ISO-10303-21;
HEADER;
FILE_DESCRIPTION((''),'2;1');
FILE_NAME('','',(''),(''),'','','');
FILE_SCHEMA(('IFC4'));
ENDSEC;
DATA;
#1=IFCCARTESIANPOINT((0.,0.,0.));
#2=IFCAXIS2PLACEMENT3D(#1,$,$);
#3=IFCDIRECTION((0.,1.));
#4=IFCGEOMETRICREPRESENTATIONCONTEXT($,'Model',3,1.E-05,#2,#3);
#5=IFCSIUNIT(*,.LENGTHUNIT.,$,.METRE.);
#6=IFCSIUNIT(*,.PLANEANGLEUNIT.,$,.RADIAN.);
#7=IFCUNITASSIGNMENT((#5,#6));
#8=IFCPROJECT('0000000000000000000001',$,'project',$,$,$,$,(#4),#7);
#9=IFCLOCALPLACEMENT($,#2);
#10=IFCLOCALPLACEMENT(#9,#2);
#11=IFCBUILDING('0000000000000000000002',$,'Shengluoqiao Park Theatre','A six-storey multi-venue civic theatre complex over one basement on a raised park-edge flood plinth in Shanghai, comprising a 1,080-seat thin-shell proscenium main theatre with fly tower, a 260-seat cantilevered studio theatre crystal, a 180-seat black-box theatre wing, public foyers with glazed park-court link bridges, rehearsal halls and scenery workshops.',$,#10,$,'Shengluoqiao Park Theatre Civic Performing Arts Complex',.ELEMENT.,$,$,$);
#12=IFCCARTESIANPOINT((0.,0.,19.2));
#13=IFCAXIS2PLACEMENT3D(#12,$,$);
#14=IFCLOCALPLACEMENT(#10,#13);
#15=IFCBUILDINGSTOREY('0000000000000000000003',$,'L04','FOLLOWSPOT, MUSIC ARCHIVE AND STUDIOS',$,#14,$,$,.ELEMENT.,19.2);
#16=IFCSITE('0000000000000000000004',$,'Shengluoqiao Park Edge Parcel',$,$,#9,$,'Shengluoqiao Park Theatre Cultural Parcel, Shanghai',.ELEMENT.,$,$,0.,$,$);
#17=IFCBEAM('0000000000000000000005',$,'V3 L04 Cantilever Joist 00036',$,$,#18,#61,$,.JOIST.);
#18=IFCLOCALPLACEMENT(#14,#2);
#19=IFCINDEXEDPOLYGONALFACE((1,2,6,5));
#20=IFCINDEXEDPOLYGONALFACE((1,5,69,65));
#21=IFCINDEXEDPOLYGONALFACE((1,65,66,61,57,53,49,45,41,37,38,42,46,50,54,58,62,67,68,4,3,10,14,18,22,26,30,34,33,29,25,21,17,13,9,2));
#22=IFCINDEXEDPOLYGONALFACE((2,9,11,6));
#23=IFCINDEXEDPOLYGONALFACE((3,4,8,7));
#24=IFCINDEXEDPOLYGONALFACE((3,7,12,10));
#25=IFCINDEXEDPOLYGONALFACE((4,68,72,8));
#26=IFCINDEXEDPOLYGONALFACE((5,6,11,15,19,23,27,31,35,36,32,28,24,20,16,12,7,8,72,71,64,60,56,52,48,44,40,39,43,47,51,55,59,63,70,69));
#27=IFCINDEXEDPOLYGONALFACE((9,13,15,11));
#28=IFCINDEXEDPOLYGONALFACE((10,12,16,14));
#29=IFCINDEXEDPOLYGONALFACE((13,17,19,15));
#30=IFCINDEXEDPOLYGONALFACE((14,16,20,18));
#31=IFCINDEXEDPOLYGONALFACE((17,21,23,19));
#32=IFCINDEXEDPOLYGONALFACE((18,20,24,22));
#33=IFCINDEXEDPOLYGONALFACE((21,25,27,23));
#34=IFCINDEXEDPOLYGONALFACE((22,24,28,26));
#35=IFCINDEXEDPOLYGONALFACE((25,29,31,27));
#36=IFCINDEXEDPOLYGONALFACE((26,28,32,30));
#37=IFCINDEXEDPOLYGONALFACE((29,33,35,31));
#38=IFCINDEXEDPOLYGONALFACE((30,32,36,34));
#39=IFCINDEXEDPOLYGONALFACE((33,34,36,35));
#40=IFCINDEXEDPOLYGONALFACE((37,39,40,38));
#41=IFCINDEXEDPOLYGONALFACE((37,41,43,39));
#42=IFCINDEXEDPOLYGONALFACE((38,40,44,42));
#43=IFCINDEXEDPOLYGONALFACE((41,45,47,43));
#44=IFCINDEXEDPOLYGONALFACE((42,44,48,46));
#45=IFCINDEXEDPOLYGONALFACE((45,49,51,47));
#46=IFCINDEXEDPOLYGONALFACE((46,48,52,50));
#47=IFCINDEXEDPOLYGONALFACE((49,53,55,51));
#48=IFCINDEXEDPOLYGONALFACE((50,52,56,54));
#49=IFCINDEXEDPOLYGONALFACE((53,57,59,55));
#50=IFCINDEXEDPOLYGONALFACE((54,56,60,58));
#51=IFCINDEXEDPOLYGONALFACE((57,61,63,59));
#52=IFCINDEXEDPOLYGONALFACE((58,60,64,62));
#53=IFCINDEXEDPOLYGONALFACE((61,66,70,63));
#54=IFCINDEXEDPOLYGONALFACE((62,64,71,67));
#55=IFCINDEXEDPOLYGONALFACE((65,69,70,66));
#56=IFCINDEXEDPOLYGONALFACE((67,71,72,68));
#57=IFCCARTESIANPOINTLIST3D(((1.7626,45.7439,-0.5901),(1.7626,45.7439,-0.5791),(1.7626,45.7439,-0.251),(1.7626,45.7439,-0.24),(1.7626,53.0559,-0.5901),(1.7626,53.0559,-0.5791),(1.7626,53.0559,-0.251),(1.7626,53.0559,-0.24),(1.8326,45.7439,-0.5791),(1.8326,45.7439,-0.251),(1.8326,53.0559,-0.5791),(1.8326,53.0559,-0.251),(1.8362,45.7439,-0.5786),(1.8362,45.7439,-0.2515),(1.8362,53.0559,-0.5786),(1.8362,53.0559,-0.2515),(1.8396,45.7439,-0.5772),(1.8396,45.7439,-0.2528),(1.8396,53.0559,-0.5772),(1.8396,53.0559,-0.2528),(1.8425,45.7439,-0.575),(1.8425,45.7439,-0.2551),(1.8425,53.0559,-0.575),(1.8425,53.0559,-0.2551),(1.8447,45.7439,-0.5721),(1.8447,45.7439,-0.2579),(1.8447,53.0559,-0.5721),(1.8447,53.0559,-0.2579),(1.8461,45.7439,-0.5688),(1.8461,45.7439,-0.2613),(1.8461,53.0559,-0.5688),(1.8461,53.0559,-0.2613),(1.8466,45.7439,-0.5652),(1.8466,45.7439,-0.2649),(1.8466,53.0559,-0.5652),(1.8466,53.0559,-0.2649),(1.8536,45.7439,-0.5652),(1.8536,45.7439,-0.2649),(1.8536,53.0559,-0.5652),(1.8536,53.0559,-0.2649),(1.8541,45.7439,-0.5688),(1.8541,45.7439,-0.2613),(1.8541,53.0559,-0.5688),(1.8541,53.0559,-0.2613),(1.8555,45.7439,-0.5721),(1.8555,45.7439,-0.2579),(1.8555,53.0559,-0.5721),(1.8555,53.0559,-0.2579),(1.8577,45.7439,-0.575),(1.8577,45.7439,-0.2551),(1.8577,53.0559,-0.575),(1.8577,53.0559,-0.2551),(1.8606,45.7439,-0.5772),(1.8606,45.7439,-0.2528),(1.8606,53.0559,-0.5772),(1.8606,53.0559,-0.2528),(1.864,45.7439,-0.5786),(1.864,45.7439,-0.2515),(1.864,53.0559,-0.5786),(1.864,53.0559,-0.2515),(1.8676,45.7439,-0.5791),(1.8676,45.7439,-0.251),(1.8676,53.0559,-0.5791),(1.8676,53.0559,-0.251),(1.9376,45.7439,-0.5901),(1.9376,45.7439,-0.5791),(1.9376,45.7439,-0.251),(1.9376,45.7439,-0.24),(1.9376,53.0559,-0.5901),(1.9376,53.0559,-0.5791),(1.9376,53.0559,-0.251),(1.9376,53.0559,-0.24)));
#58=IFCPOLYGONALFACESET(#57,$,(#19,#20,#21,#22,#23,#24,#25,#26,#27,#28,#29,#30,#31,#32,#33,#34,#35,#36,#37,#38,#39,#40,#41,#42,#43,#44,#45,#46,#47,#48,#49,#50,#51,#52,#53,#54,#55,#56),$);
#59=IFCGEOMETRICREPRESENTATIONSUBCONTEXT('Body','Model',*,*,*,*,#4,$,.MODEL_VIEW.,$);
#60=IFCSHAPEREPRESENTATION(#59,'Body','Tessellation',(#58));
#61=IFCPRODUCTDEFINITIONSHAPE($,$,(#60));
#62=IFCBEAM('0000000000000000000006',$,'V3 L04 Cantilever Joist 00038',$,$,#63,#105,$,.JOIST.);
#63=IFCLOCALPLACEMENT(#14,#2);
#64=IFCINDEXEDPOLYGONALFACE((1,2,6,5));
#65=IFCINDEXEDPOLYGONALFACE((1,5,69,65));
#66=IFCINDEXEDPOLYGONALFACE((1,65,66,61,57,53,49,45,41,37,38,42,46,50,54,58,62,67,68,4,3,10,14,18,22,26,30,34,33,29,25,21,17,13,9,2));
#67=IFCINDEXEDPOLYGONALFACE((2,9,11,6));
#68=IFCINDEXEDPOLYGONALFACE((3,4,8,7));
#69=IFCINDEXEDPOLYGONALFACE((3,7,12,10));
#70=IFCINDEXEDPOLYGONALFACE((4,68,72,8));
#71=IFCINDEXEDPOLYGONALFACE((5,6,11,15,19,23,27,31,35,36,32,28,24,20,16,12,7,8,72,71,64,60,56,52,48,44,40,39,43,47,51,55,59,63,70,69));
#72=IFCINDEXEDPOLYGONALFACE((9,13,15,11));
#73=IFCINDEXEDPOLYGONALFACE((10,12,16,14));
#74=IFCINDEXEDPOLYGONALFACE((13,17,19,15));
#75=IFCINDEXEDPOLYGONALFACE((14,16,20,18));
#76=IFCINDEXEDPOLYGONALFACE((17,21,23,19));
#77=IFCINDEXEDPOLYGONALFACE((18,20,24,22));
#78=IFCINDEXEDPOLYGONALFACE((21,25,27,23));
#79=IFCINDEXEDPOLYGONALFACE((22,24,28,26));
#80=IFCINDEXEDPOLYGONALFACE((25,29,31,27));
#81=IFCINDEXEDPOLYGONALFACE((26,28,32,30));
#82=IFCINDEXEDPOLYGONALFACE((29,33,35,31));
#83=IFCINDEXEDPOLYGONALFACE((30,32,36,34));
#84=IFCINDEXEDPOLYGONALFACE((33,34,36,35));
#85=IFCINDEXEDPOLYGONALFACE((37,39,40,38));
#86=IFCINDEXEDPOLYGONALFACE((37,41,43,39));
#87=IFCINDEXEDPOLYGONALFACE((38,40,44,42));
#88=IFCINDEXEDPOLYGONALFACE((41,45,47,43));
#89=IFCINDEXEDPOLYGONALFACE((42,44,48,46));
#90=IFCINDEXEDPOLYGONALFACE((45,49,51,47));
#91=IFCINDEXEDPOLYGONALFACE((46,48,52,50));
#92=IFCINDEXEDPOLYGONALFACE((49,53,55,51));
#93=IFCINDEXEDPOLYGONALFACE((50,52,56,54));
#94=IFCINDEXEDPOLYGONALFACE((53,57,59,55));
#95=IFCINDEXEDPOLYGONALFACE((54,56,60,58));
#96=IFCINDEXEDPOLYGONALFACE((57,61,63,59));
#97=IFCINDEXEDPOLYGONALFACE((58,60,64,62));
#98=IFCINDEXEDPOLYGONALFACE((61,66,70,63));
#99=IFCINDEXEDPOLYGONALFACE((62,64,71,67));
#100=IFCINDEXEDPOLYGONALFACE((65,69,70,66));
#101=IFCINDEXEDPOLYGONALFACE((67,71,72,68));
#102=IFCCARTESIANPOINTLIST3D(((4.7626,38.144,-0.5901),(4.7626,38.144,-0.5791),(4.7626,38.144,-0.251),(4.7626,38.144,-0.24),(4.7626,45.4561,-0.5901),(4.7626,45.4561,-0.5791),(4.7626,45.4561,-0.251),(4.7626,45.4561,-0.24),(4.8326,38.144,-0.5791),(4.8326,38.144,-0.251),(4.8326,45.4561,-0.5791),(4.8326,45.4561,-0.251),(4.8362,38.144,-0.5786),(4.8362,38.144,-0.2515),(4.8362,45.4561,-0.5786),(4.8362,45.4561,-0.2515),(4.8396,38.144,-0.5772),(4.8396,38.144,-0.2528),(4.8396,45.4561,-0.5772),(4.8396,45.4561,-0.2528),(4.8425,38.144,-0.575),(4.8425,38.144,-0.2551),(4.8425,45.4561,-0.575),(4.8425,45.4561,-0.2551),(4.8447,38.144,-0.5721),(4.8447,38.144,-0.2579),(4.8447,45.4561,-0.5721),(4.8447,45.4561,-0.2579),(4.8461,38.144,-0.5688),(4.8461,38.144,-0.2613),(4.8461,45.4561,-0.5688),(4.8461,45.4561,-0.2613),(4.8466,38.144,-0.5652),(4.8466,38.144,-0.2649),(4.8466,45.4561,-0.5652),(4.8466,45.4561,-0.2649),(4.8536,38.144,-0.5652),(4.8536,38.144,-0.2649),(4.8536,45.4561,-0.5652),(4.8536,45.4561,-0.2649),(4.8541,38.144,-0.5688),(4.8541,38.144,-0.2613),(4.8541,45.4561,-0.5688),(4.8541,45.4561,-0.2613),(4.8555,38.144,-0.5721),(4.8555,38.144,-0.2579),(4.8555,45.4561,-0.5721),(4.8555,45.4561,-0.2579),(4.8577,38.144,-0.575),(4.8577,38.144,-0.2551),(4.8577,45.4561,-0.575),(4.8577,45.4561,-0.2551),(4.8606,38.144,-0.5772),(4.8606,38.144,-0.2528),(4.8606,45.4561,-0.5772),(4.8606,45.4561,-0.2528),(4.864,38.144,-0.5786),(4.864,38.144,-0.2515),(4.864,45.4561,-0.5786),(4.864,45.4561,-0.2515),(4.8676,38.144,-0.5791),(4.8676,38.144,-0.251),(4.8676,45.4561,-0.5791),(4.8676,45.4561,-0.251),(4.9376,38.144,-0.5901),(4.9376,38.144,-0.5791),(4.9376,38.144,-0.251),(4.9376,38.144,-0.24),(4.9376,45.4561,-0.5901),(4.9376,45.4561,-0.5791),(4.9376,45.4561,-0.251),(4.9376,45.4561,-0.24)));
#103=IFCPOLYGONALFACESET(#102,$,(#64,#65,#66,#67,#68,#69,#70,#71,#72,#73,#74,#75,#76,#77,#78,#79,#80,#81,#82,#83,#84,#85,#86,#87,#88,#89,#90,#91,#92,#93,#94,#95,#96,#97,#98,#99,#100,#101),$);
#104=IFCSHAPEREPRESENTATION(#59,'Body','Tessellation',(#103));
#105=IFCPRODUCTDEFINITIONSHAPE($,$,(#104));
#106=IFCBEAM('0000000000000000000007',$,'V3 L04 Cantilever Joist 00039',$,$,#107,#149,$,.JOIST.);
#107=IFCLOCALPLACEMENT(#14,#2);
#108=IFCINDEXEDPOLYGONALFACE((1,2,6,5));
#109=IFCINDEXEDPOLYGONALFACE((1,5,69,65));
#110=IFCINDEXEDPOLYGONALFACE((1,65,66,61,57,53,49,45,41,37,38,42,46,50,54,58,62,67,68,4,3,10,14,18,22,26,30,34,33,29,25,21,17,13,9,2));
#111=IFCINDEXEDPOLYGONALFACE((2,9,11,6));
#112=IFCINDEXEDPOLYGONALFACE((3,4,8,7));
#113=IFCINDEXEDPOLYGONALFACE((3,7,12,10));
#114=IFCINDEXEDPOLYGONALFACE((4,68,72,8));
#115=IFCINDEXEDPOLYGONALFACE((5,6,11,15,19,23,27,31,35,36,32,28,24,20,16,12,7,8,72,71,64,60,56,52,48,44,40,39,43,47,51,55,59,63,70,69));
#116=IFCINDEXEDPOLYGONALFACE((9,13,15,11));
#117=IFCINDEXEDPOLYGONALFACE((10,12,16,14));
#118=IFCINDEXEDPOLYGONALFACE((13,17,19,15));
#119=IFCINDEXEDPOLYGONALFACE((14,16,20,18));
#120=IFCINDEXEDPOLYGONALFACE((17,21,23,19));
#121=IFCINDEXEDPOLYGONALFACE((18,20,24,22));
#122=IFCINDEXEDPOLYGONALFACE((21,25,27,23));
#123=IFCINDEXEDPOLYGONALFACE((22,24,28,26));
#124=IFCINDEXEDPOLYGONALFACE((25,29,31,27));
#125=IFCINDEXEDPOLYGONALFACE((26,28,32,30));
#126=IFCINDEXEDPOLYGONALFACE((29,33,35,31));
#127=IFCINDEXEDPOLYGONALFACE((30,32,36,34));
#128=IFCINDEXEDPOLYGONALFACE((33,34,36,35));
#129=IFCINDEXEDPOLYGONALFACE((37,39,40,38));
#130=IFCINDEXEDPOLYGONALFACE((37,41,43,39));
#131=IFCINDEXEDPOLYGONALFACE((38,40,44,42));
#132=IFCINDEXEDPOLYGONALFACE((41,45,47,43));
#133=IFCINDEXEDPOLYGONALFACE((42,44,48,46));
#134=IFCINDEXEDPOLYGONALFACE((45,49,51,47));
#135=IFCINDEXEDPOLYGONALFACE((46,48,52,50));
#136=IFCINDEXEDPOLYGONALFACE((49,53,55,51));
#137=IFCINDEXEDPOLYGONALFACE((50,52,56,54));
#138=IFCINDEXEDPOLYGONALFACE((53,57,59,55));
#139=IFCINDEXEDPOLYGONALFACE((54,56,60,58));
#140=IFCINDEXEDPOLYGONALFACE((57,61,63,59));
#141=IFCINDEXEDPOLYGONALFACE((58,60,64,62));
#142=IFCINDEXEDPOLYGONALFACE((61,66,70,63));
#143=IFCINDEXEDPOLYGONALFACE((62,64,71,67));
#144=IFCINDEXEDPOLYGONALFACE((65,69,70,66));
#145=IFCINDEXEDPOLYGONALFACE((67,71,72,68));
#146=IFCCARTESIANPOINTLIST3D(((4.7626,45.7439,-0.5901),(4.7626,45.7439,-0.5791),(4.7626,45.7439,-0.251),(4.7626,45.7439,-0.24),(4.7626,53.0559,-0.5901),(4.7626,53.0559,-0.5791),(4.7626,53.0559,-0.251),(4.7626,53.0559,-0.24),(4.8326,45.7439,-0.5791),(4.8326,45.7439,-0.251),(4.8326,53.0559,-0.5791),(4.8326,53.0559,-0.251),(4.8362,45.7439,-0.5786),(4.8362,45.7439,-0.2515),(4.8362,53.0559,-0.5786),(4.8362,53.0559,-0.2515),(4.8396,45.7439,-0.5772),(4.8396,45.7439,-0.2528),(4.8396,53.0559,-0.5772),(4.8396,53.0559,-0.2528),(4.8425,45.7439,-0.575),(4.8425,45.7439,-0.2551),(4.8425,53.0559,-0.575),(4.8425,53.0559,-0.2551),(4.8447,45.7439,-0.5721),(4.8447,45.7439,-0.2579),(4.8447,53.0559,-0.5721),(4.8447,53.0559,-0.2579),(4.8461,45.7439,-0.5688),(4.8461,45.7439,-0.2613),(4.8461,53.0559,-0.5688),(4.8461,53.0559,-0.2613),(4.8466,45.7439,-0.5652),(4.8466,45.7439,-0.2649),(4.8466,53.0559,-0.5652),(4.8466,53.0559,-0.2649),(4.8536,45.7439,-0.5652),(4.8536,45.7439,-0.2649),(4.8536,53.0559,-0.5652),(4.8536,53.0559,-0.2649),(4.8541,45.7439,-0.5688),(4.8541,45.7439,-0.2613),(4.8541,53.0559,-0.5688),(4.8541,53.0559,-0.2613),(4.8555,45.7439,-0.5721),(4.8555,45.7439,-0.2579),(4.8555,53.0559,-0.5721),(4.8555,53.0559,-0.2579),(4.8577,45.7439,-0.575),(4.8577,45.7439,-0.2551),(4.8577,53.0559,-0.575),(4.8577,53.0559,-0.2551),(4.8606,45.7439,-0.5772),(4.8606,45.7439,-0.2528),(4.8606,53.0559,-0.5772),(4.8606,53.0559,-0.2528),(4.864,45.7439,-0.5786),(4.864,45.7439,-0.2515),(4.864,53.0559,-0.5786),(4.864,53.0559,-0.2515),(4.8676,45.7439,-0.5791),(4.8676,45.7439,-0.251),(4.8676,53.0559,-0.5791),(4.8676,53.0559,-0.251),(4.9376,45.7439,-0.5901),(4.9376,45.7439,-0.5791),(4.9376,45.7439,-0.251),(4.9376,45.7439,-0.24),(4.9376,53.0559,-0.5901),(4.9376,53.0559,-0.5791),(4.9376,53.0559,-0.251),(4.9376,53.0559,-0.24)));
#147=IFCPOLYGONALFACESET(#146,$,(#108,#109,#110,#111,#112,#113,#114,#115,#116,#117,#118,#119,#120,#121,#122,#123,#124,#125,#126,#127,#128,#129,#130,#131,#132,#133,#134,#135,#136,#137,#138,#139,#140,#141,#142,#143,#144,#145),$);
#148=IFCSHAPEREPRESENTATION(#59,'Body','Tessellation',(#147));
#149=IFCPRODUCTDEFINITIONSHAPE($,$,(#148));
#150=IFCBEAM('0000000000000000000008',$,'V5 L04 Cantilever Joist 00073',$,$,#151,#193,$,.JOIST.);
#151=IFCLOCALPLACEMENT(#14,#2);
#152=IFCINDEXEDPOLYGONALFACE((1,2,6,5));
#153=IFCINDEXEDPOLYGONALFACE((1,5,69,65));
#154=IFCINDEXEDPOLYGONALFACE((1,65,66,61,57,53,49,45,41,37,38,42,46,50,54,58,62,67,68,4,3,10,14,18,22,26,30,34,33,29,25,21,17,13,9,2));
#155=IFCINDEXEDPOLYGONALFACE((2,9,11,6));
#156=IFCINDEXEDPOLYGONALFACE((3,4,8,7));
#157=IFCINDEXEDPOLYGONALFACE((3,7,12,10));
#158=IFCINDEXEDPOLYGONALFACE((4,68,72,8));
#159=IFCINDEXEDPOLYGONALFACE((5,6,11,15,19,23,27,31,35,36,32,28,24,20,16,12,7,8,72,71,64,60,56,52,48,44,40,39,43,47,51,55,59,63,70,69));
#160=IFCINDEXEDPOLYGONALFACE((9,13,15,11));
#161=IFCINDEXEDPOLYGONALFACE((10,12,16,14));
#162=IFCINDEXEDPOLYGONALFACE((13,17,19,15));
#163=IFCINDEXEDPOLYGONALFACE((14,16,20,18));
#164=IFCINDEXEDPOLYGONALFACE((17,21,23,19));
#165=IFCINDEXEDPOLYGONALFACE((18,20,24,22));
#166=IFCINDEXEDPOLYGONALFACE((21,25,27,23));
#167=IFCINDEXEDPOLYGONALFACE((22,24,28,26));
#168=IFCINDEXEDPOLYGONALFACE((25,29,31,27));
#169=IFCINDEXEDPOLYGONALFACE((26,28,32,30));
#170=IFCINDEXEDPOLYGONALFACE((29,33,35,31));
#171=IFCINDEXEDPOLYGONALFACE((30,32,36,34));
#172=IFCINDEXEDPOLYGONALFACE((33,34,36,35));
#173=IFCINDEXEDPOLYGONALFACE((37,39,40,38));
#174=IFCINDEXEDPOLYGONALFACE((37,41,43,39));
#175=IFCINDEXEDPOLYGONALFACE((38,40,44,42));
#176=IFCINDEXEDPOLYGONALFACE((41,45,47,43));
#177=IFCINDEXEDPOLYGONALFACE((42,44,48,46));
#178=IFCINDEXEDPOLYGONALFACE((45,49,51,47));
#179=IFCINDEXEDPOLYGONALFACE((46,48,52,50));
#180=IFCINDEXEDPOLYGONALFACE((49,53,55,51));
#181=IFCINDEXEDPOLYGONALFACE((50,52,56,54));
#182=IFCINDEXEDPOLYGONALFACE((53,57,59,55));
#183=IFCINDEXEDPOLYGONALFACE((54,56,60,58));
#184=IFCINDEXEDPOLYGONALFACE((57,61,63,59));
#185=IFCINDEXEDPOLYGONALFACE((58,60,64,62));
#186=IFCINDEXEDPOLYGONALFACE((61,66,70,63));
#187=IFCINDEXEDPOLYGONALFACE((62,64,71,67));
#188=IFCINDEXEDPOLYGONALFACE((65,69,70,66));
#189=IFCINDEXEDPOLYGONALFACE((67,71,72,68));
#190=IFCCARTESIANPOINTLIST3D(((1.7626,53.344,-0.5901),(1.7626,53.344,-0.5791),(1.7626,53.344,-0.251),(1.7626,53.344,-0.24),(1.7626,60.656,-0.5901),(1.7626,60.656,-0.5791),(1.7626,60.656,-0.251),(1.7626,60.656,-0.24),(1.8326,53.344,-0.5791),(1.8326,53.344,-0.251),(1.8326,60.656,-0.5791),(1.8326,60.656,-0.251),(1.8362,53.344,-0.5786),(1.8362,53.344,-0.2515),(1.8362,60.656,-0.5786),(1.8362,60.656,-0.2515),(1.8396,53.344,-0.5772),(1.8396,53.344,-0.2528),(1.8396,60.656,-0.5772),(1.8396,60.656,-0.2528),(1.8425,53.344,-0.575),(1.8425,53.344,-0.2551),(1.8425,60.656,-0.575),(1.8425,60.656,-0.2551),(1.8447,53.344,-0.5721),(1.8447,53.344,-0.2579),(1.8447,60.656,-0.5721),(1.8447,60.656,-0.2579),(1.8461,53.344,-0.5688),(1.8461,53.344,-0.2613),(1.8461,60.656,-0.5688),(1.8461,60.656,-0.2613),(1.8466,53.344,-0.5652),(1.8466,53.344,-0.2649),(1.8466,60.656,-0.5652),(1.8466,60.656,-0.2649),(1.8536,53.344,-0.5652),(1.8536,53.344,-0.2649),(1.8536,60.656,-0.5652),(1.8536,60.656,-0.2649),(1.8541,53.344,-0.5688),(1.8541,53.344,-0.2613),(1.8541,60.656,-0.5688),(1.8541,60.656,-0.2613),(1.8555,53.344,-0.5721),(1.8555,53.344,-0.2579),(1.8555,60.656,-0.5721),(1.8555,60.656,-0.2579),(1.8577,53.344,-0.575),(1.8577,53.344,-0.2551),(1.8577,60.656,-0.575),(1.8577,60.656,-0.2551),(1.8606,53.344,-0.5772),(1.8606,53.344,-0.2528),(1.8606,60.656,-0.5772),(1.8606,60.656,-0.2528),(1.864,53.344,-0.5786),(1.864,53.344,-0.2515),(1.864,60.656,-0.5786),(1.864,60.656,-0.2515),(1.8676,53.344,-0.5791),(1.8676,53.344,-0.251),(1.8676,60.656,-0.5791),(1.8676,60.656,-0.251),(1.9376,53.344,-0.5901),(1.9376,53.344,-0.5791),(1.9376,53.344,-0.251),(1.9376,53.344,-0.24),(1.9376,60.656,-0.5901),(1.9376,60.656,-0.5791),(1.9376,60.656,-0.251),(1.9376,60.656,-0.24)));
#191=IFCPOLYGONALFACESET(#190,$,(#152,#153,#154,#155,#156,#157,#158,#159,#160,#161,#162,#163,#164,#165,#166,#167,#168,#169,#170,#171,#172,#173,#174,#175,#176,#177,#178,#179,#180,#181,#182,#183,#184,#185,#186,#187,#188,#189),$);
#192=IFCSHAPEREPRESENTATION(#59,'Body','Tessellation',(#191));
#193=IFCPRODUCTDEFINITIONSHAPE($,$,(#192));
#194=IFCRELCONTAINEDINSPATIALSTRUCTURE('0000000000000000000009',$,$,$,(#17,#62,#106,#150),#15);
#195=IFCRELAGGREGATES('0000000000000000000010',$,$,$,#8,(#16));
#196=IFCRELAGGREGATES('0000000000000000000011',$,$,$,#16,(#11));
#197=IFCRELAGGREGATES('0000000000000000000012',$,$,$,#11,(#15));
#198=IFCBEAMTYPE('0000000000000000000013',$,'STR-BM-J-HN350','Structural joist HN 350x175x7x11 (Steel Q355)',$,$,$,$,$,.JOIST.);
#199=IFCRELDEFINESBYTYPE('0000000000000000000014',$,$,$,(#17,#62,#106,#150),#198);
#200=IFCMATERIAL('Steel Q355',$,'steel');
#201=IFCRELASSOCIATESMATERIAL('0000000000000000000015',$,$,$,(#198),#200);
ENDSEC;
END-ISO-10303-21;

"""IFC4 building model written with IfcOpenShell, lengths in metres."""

from ifc_helpers import new_model, si_unit, direction, frame, origin, origin_2d, place, context, subcontext, project, spatial, i_section, extrude, material, material_profile, profile_set, type_object, element, save


model = new_model("IFC4")

# Units and contexts
model_context = context("Model", 3, precision=1e-05, world=origin(), true_north=direction((0.0, 1.0)))
body_context = subcontext(model_context, "Body", "Model", "MODEL_VIEW")
ifc_project = project(units=[si_unit("LENGTHUNIT", "METRE"), si_unit("PLANEANGLEUNIT", "RADIAN")], contexts=[model_context])

# Site, building, storey
site_placement = place(None, origin())
site = spatial("IfcSite", under=ifc_project, at=site_placement, Name="Shengluoqiao Park Edge Parcel", LongName="Shengluoqiao Park Theatre Cultural Parcel, Shanghai", CompositionType="ELEMENT", RefElevation=0.0)
building_placement = place(site_placement, origin())
building = spatial("IfcBuilding", under=site, at=building_placement, Name="Shengluoqiao Park Theatre", Description="A six-storey multi-venue civic theatre complex over one basement on a raised park-edge flood plinth in Shanghai, comprising a 1,080-seat thin-shell proscenium main theatre with fly tower, a 260-seat cantilevered studio theatre crystal, a 180-seat black-box theatre wing, public foyers with glazed park-court link bridges, rehearsal halls and scenery workshops.", LongName="Shengluoqiao Park Theatre Civic Performing Arts Complex", CompositionType="ELEMENT")
storey_placement = place(building_placement, frame((0.0, 0.0, 19.2)))
storey = spatial("IfcBuildingStorey", under=building, at=storey_placement, Name="L04", Description="FOLLOWSPOT, MUSIC ARCHIVE AND STUDIOS", CompositionType="ELEMENT", Elevation=19.2)

# Beams
ifc_material_1 = material(Name="Steel Q355", Category="steel")
ifc_material_profile_1 = material_profile(ifc_material_1, i_section(OverallWidth=0.175, OverallDepth=0.3501, WebThickness=0.0071, FlangeThickness=0.011, FilletRadius=0.0139, at=origin_2d()), Name="HN 350x175x7x11")
ifc_profile_set_1 = profile_set([ifc_material_profile_1], Name="Steel Q355")
beam_type_1 = type_object("IfcBeamType", Name="STR-BM-J-HN350", Description="Structural joist HN 350x175x7x11 (Steel Q355)", PredefinedType="JOIST", material=ifc_profile_set_1)
for number, where, z_axis, x_axis, name in (
    (1, (1.8501, 45.7439, -0.415), (0.0, 1.0, 0.0), (-1.0, 0.0, 0.0), "V3 L04 Cantilever Joist 00036"),
    (2, (4.8501, 38.144, -0.415), (0.0, 1.0, 0.0), (-1.0, 0.0, 0.0), "V3 L04 Cantilever Joist 00038"),
    (3, (4.8501, 45.7439, -0.415), (0.0, 1.0, 0.0), (-1.0, 0.0, 0.0), "V3 L04 Cantilever Joist 00039"),
    (4, (1.8501, 53.344, -0.415), (0.0, 1.0, 0.0), (-1.0, 0.0, 0.0), "V5 L04 Cantilever Joist 00073"),
):
    element("IfcBeam", number, at=place(storey_placement, frame(where, z_axis=z_axis, x_axis=x_axis)), inside=storey, type_object=beam_type_1, Name=name, PredefinedType="JOIST", context=body_context, shape_type="SweptSolid", body=[
        extrude(i_section(OverallWidth=0.175, OverallDepth=0.3501, WebThickness=0.0071, FlangeThickness=0.011, FilletRadius=0.0139, at=origin_2d()), origin(), (0.0, 0.0, 1.0), 7.312),
    ])

save(model, "model.ifc")
